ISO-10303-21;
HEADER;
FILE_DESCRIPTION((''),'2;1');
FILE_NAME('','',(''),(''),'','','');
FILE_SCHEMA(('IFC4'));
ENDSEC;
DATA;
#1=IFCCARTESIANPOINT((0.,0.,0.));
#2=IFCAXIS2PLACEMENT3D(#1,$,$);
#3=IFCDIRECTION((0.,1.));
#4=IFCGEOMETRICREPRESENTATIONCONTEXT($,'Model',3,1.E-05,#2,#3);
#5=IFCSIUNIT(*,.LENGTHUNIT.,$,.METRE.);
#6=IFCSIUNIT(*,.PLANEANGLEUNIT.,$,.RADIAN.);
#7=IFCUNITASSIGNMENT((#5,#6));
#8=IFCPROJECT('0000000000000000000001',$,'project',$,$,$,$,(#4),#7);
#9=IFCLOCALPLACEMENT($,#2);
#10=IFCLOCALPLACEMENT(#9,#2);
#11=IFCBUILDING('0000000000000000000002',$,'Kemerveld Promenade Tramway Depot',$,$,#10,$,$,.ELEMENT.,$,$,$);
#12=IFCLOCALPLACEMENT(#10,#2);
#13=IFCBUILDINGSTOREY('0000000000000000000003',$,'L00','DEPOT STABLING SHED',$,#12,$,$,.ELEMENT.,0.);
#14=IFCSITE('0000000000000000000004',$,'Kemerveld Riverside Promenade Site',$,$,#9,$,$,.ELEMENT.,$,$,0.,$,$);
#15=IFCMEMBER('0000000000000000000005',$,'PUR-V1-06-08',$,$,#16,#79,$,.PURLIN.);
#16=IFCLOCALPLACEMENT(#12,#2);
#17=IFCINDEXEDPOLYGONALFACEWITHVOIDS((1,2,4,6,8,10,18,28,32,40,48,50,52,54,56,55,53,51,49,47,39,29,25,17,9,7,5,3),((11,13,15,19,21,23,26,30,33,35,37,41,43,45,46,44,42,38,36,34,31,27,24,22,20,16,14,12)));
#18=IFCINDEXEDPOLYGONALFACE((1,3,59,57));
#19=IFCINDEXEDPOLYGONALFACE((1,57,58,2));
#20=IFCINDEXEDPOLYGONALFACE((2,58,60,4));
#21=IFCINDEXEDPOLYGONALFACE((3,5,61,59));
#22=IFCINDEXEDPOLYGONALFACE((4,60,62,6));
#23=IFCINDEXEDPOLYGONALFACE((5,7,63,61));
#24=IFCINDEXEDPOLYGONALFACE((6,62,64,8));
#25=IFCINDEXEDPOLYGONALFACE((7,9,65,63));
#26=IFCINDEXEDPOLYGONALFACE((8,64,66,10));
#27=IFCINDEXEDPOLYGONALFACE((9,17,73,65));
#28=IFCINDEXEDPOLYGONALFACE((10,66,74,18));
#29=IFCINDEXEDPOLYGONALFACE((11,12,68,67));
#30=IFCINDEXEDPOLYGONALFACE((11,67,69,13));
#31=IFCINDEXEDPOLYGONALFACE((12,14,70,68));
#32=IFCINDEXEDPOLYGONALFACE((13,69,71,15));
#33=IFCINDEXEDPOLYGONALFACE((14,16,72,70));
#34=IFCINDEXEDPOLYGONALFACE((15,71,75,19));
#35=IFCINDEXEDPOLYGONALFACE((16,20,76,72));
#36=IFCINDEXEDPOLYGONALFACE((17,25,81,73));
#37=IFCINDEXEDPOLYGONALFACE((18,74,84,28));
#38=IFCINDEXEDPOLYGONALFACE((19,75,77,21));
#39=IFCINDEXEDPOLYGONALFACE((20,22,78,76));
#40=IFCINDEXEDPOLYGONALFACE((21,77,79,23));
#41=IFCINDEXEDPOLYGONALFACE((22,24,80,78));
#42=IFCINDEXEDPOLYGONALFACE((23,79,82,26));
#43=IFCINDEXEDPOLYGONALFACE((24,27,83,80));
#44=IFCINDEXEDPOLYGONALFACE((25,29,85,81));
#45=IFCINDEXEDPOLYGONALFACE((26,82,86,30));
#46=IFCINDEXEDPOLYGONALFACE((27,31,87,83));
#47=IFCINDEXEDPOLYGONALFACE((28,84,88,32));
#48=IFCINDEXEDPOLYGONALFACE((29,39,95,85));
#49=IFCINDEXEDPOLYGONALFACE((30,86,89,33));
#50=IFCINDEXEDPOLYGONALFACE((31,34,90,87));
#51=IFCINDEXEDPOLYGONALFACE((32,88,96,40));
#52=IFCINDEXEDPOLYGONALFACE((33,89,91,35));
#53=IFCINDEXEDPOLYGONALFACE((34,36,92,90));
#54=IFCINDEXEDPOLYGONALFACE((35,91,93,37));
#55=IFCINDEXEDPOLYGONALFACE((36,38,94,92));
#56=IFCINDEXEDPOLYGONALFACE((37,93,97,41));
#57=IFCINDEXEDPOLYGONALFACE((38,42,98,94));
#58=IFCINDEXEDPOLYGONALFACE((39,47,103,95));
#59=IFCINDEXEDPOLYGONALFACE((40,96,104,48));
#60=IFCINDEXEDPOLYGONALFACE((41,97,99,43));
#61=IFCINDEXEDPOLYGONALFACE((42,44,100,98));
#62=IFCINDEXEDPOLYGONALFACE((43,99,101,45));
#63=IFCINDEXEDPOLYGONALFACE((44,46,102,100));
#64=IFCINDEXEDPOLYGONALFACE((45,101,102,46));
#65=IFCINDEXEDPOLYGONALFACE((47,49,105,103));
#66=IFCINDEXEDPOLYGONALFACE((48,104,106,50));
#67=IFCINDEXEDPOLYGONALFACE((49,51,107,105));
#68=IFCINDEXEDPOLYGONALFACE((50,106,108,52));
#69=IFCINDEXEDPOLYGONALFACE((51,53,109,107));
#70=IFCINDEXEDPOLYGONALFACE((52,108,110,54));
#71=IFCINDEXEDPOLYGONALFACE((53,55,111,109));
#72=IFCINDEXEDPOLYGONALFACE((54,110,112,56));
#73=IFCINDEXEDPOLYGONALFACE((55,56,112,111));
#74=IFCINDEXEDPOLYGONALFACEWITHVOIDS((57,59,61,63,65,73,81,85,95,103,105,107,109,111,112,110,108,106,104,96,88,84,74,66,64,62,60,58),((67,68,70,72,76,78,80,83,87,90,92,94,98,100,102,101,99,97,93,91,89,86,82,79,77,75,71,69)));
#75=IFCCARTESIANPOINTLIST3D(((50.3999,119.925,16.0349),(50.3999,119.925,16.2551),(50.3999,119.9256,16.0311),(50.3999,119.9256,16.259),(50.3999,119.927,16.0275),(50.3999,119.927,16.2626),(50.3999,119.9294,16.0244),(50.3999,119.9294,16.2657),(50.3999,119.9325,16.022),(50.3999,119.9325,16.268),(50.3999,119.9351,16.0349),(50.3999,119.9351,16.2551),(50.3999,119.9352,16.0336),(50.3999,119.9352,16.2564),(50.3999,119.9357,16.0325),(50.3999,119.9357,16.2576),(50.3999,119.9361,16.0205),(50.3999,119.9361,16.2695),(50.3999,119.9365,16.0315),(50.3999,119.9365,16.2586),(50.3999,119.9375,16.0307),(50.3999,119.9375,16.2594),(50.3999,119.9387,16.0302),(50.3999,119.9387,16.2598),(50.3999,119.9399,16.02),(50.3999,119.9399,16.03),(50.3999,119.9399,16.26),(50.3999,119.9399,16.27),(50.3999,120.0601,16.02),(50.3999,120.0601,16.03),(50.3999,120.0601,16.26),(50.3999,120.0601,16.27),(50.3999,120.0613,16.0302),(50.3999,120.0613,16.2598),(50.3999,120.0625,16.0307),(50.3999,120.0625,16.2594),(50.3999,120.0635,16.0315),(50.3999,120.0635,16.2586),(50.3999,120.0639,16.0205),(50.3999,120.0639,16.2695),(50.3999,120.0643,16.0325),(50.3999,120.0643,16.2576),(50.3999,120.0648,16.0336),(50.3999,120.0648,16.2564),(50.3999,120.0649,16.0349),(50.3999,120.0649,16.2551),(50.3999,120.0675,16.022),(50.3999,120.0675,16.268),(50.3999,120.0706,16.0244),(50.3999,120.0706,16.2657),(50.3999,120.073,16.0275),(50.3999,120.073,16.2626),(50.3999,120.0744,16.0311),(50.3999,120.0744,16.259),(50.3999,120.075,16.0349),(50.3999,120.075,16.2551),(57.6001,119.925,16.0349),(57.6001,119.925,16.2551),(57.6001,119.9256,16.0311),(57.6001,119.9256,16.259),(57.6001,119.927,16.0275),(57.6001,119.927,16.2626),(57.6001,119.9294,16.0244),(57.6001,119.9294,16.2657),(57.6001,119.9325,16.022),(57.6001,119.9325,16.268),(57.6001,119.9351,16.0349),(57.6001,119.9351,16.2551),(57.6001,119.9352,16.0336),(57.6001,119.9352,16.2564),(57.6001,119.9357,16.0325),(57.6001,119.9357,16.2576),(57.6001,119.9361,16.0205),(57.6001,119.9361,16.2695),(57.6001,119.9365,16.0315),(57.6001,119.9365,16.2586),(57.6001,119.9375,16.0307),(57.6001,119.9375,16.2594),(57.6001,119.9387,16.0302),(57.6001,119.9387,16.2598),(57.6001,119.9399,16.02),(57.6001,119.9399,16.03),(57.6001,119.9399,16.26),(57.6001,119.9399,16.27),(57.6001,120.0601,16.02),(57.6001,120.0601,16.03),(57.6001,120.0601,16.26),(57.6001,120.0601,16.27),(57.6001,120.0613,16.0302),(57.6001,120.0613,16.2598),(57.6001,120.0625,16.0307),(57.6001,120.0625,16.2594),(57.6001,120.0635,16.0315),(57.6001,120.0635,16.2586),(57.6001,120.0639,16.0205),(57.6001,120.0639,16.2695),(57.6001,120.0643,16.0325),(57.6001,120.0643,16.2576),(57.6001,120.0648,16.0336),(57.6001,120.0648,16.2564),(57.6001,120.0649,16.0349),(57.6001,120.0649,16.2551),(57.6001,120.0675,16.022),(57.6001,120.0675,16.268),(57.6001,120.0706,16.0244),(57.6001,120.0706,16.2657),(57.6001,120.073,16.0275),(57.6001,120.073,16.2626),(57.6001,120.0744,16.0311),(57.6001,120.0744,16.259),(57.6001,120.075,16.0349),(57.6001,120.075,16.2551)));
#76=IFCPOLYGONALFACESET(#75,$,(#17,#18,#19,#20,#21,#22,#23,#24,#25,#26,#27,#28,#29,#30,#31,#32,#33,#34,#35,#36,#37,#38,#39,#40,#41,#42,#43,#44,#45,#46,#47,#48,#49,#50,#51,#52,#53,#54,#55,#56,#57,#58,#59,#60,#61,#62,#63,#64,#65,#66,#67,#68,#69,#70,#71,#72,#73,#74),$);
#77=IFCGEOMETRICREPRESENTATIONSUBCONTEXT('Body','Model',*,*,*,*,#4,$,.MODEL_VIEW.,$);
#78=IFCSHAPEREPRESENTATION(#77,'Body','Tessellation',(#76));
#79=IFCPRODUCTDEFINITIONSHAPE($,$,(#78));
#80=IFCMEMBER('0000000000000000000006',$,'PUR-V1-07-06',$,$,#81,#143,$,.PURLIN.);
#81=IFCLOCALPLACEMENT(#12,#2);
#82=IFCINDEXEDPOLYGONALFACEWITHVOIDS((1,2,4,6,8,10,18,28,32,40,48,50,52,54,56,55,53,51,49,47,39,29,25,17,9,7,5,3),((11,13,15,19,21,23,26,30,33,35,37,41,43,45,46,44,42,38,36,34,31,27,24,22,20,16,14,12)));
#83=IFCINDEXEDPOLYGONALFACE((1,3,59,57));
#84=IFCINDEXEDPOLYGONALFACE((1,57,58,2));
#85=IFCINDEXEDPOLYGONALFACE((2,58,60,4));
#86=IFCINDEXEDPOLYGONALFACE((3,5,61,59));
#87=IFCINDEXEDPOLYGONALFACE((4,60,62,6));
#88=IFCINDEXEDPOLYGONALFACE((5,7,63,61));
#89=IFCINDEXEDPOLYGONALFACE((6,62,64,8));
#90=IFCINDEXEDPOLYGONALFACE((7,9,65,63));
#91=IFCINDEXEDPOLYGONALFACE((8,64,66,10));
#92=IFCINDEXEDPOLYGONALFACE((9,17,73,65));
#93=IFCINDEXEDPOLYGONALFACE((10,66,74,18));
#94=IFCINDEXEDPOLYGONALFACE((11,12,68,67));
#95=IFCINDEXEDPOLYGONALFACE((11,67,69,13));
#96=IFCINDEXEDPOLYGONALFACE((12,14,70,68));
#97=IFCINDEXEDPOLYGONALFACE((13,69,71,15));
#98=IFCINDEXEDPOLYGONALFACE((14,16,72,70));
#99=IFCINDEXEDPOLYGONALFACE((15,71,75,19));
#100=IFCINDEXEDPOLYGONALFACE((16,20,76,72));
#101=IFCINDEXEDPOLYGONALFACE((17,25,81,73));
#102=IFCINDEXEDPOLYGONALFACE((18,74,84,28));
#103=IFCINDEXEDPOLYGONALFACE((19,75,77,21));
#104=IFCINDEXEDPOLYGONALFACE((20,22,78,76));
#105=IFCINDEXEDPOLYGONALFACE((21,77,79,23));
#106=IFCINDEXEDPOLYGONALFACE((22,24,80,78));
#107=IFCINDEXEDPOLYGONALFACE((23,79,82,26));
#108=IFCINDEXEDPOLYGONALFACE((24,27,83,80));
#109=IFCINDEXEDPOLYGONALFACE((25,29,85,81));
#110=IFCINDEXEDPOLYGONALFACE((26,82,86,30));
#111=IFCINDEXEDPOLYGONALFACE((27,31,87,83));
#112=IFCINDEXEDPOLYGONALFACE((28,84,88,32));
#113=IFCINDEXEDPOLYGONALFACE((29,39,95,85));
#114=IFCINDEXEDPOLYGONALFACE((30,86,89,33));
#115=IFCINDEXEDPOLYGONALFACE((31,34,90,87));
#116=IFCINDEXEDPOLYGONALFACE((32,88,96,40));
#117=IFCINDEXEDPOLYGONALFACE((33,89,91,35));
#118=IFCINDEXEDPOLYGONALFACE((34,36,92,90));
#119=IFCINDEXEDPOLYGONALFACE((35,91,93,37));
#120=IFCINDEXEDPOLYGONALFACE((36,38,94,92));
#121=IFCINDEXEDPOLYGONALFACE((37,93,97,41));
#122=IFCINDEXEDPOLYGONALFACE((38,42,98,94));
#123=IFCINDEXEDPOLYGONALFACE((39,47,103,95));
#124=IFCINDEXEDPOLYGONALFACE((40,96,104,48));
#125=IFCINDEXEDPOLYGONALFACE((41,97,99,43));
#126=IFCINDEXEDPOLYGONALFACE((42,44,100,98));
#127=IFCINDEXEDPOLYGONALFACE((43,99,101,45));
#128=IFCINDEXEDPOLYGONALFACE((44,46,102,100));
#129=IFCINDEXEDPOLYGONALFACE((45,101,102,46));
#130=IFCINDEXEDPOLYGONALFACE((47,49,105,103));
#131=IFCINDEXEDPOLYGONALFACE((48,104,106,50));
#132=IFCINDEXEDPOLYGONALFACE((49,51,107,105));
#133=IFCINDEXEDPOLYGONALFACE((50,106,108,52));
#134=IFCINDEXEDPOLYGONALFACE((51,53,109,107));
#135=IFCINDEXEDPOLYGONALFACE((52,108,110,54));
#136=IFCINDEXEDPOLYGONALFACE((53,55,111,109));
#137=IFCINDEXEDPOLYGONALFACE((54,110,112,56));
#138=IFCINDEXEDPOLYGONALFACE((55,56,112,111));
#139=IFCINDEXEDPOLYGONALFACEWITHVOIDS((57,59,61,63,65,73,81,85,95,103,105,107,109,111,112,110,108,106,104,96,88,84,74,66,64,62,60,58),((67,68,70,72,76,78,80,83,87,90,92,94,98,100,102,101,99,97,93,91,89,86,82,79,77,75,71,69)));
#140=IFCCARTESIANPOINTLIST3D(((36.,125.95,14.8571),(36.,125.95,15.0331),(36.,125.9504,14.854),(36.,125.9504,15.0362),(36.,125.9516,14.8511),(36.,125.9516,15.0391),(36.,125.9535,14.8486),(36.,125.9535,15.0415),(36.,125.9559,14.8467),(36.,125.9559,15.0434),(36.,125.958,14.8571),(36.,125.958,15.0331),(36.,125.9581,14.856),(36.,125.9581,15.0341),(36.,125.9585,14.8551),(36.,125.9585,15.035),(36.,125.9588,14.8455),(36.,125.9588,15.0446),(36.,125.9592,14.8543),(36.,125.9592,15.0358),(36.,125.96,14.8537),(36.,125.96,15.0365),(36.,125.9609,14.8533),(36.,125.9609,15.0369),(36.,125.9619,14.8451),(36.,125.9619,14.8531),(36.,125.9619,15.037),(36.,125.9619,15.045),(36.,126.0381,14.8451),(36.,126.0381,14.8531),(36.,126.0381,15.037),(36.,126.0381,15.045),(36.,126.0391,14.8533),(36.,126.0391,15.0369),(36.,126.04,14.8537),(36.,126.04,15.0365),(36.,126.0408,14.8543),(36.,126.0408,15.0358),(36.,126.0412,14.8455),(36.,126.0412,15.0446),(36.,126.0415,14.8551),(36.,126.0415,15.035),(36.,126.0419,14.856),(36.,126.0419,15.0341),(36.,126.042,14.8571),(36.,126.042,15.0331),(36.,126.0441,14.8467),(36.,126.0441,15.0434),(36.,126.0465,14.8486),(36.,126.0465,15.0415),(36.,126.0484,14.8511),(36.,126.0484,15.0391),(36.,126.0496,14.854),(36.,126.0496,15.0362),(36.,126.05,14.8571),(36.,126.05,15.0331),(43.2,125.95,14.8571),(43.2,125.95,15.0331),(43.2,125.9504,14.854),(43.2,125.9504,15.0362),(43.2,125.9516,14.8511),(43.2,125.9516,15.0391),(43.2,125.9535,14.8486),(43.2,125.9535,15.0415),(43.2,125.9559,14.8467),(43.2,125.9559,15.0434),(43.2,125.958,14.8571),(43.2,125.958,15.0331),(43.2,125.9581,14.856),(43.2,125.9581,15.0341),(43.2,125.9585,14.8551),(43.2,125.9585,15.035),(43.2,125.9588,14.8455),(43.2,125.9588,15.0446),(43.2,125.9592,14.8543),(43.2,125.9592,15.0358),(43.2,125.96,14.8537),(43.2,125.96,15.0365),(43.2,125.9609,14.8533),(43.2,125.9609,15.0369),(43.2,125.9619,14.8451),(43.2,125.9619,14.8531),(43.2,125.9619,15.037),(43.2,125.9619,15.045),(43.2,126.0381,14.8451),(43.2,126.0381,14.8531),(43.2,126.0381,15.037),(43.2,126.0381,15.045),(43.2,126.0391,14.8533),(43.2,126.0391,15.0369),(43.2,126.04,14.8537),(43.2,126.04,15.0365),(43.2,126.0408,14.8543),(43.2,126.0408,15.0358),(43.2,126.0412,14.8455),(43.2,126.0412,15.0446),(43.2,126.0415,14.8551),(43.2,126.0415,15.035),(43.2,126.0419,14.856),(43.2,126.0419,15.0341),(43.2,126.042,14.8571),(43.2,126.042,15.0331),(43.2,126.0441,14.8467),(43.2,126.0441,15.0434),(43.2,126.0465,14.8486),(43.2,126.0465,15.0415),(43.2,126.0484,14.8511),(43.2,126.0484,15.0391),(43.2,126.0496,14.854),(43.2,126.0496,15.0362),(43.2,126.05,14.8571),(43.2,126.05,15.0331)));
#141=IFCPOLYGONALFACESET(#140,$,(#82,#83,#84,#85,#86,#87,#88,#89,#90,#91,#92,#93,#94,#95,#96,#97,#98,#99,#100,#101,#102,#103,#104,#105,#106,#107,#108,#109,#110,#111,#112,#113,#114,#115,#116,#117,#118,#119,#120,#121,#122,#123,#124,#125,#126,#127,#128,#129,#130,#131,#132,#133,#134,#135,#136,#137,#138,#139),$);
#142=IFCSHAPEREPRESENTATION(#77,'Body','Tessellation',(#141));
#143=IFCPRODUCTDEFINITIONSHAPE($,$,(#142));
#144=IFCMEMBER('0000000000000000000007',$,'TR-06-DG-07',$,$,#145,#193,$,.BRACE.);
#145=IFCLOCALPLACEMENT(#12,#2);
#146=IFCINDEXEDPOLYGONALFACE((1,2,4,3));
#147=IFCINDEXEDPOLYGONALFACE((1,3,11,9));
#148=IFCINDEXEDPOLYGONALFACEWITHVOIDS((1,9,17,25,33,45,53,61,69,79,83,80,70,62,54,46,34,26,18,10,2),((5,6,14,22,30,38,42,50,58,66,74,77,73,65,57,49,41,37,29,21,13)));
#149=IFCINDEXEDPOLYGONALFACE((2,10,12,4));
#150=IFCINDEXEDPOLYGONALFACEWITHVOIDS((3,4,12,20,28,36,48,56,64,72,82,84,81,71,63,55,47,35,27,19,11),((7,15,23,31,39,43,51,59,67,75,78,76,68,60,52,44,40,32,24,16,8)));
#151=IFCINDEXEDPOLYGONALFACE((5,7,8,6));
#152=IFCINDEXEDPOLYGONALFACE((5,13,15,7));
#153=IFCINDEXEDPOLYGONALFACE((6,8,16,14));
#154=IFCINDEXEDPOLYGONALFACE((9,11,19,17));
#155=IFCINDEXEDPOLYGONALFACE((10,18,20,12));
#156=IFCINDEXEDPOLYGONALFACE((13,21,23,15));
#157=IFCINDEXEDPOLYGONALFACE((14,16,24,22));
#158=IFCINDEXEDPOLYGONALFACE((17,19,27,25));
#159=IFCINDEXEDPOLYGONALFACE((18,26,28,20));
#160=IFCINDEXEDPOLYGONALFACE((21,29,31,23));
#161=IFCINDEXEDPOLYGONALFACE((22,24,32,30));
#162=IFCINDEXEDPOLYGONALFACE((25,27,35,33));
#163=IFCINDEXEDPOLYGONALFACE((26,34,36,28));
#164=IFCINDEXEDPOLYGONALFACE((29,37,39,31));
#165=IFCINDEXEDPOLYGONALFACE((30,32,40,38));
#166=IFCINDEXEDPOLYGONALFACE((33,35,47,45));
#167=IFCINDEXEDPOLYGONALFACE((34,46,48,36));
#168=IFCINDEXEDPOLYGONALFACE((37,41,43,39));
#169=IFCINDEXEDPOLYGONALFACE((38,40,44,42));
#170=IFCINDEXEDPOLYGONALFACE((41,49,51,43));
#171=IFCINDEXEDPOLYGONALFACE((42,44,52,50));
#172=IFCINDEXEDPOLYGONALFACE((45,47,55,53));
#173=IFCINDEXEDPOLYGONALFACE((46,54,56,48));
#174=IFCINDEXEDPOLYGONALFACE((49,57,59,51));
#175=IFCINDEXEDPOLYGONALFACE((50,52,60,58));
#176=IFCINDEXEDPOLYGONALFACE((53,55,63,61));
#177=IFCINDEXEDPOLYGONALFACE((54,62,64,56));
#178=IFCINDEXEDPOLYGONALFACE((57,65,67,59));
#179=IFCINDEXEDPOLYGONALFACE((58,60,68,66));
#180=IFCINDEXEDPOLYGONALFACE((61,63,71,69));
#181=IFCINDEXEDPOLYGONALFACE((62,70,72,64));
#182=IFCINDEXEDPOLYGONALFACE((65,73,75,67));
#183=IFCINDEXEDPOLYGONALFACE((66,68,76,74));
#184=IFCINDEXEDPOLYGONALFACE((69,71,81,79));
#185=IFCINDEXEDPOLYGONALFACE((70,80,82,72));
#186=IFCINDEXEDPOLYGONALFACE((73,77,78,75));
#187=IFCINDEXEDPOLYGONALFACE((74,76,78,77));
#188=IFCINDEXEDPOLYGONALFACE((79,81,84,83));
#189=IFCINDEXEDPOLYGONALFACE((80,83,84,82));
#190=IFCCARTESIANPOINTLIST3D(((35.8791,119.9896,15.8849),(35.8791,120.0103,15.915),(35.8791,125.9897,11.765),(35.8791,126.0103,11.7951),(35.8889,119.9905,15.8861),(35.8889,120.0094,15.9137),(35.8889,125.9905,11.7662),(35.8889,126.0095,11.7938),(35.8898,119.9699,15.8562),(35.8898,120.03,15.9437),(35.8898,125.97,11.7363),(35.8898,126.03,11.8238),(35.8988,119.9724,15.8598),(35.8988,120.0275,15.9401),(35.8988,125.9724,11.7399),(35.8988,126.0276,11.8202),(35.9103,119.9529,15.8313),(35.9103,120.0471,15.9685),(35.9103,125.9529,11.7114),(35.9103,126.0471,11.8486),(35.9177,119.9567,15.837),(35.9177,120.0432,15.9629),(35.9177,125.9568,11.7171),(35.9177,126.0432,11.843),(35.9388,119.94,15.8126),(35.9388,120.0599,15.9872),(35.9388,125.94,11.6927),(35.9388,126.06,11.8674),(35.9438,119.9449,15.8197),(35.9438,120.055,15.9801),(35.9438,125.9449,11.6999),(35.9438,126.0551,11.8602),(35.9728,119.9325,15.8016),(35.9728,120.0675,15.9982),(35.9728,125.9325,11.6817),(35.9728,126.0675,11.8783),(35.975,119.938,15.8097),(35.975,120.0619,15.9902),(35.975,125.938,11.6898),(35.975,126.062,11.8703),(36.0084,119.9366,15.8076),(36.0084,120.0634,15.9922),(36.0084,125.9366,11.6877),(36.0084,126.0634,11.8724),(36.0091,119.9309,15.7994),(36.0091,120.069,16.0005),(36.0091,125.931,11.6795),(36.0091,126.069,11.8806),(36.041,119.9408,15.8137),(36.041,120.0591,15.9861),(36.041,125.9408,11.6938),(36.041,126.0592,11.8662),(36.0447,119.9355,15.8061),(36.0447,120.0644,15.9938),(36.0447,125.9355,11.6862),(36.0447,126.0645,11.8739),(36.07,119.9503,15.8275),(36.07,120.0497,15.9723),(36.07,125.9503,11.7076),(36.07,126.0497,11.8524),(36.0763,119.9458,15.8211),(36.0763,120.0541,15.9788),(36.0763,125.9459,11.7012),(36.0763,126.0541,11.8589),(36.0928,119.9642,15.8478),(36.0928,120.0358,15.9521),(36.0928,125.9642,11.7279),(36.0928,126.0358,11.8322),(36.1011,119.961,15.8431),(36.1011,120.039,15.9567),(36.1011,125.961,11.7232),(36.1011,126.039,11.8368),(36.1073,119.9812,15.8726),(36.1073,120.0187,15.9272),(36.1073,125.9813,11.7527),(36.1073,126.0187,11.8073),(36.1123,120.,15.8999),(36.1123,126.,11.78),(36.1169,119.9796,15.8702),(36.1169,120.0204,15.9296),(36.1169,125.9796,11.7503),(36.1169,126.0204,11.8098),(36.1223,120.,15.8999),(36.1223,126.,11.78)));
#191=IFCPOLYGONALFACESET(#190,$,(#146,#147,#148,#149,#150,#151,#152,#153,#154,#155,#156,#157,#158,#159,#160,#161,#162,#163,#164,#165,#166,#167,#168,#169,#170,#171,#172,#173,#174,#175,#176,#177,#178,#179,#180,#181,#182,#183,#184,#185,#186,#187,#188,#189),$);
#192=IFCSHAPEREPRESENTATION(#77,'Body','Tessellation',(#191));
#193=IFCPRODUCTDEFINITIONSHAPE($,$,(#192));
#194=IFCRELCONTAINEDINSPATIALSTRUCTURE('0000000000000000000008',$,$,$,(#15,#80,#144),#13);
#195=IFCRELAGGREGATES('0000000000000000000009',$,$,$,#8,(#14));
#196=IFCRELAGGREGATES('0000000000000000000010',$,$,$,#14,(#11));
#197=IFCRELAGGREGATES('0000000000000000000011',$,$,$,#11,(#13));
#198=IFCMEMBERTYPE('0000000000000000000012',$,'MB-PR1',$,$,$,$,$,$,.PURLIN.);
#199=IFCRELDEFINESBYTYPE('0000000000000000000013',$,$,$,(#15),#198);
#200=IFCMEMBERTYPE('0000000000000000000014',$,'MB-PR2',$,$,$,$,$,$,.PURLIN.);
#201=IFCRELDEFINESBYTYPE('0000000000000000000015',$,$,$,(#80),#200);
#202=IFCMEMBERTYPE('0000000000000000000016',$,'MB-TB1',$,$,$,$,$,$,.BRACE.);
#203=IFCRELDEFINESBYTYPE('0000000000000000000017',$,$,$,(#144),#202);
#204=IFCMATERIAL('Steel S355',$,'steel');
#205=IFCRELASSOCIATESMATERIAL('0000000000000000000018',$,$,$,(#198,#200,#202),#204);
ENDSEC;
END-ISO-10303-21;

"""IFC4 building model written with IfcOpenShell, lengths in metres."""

from ifc_helpers import new_model, si_unit, direction, frame, origin, origin_2d, place, context, subcontext, project, spatial, hollow_rectangle, hollow_circle, extrude, material, material_profile, profile_set, type_object, element, save


model = new_model("IFC4")

# Units and contexts
model_context = context("Model", 3, precision=1e-05, world=origin(), true_north=direction((0.0, 1.0)))
body_context = subcontext(model_context, "Body", "Model", "MODEL_VIEW")
ifc_project = project(units=[si_unit("LENGTHUNIT", "METRE"), si_unit("PLANEANGLEUNIT", "RADIAN")], contexts=[model_context])

# Site, building, storey
site_placement = place(None, origin())
site = spatial("IfcSite", under=ifc_project, at=site_placement, Name="Kemerveld Riverside Promenade Site", CompositionType="ELEMENT", RefElevation=0.0)
building_placement = place(site_placement, origin())
building = spatial("IfcBuilding", under=site, at=building_placement, Name="Kemerveld Promenade Tramway Depot", CompositionType="ELEMENT")
storey_placement = place(building_placement, origin())
storey = spatial("IfcBuildingStorey", under=building, at=storey_placement, Name="L00", Description="DEPOT STABLING SHED", CompositionType="ELEMENT", Elevation=0.0)

# Members
ifc_material_1 = material(Name="Steel S355", Category="steel")
ifc_material_profile_1 = material_profile(ifc_material_1, hollow_rectangle(XDim=0.1499, YDim=0.25, WallThickness=0.01, InnerFilletRadius=0.0049, OuterFilletRadius=0.0149, at=origin_2d()), Name="250x150x10.0 RHS")
ifc_profile_set_1 = profile_set([ifc_material_profile_1], Name="Steel S355")
member_type_1 = type_object("IfcMemberType", Name="MB-PR1", PredefinedType="PURLIN", material=ifc_profile_set_1)
member_1_placement = place(storey_placement, frame((50.3999, 120.0, 16.145), z_axis=(1.0, 0.0, 0.0), x_axis=(0.0, 1.0, 0.0)))
element("IfcMember", 1, at=member_1_placement, inside=storey, type_object=member_type_1, Name="PUR-V1-06-08", PredefinedType="PURLIN", context=body_context, shape_type="SweptSolid", body=[
    extrude(hollow_rectangle(XDim=0.1499, YDim=0.25, WallThickness=0.01, InnerFilletRadius=0.0049, OuterFilletRadius=0.0149, at=origin_2d()), origin(), (0.0, 0.0, 1.0), 7.2002),
])
ifc_material_profile_2 = material_profile(ifc_material_1, hollow_rectangle(XDim=0.1001, YDim=0.2, WallThickness=0.0081, InnerFilletRadius=0.0039, OuterFilletRadius=0.012, at=origin_2d()), Name="200x100x8.0 RHS")
ifc_profile_set_2 = profile_set([ifc_material_profile_2], Name="Steel S355")
member_type_2 = type_object("IfcMemberType", Name="MB-PR2", PredefinedType="PURLIN", material=ifc_profile_set_2)
member_2_placement = place(storey_placement, frame((36.0, 126.0, 14.9451), z_axis=(1.0, 0.0, 0.0), x_axis=(0.0, 1.0, 0.0)))
element("IfcMember", 2, at=member_2_placement, inside=storey, type_object=member_type_2, Name="PUR-V1-07-06", PredefinedType="PURLIN", context=body_context, shape_type="SweptSolid", body=[
    extrude(hollow_rectangle(XDim=0.1001, YDim=0.2, WallThickness=0.0081, InnerFilletRadius=0.0039, OuterFilletRadius=0.012, at=origin_2d()), origin(), (0.0, 0.0, 1.0), 7.2),
])
ifc_material_profile_3 = material_profile(ifc_material_1, hollow_circle(Radius=0.1223, WallThickness=0.01, at=origin_2d()), Name="244.5x10.0 CHS")
ifc_profile_set_3 = profile_set([ifc_material_profile_3], Name="Steel S355")
member_type_3 = type_object("IfcMemberType", Name="MB-TB1", PredefinedType="BRACE", material=ifc_profile_set_3)
member_3_placement = place(storey_placement, frame((36.0, 126.0, 11.78), z_axis=(0.0, -0.824371, 0.56605), x_axis=(1.0, 0.0, 0.0)))
element("IfcMember", 3, at=member_3_placement, inside=storey, type_object=member_type_3, Name="TR-06-DG-07", PredefinedType="BRACE", context=body_context, shape_type="SweptSolid", body=[
    extrude(hollow_circle(Radius=0.1223, WallThickness=0.01, at=origin_2d()), origin(), (0.0, 0.0, 1.0), 7.2783),
])

save(model, "model.ifc")
